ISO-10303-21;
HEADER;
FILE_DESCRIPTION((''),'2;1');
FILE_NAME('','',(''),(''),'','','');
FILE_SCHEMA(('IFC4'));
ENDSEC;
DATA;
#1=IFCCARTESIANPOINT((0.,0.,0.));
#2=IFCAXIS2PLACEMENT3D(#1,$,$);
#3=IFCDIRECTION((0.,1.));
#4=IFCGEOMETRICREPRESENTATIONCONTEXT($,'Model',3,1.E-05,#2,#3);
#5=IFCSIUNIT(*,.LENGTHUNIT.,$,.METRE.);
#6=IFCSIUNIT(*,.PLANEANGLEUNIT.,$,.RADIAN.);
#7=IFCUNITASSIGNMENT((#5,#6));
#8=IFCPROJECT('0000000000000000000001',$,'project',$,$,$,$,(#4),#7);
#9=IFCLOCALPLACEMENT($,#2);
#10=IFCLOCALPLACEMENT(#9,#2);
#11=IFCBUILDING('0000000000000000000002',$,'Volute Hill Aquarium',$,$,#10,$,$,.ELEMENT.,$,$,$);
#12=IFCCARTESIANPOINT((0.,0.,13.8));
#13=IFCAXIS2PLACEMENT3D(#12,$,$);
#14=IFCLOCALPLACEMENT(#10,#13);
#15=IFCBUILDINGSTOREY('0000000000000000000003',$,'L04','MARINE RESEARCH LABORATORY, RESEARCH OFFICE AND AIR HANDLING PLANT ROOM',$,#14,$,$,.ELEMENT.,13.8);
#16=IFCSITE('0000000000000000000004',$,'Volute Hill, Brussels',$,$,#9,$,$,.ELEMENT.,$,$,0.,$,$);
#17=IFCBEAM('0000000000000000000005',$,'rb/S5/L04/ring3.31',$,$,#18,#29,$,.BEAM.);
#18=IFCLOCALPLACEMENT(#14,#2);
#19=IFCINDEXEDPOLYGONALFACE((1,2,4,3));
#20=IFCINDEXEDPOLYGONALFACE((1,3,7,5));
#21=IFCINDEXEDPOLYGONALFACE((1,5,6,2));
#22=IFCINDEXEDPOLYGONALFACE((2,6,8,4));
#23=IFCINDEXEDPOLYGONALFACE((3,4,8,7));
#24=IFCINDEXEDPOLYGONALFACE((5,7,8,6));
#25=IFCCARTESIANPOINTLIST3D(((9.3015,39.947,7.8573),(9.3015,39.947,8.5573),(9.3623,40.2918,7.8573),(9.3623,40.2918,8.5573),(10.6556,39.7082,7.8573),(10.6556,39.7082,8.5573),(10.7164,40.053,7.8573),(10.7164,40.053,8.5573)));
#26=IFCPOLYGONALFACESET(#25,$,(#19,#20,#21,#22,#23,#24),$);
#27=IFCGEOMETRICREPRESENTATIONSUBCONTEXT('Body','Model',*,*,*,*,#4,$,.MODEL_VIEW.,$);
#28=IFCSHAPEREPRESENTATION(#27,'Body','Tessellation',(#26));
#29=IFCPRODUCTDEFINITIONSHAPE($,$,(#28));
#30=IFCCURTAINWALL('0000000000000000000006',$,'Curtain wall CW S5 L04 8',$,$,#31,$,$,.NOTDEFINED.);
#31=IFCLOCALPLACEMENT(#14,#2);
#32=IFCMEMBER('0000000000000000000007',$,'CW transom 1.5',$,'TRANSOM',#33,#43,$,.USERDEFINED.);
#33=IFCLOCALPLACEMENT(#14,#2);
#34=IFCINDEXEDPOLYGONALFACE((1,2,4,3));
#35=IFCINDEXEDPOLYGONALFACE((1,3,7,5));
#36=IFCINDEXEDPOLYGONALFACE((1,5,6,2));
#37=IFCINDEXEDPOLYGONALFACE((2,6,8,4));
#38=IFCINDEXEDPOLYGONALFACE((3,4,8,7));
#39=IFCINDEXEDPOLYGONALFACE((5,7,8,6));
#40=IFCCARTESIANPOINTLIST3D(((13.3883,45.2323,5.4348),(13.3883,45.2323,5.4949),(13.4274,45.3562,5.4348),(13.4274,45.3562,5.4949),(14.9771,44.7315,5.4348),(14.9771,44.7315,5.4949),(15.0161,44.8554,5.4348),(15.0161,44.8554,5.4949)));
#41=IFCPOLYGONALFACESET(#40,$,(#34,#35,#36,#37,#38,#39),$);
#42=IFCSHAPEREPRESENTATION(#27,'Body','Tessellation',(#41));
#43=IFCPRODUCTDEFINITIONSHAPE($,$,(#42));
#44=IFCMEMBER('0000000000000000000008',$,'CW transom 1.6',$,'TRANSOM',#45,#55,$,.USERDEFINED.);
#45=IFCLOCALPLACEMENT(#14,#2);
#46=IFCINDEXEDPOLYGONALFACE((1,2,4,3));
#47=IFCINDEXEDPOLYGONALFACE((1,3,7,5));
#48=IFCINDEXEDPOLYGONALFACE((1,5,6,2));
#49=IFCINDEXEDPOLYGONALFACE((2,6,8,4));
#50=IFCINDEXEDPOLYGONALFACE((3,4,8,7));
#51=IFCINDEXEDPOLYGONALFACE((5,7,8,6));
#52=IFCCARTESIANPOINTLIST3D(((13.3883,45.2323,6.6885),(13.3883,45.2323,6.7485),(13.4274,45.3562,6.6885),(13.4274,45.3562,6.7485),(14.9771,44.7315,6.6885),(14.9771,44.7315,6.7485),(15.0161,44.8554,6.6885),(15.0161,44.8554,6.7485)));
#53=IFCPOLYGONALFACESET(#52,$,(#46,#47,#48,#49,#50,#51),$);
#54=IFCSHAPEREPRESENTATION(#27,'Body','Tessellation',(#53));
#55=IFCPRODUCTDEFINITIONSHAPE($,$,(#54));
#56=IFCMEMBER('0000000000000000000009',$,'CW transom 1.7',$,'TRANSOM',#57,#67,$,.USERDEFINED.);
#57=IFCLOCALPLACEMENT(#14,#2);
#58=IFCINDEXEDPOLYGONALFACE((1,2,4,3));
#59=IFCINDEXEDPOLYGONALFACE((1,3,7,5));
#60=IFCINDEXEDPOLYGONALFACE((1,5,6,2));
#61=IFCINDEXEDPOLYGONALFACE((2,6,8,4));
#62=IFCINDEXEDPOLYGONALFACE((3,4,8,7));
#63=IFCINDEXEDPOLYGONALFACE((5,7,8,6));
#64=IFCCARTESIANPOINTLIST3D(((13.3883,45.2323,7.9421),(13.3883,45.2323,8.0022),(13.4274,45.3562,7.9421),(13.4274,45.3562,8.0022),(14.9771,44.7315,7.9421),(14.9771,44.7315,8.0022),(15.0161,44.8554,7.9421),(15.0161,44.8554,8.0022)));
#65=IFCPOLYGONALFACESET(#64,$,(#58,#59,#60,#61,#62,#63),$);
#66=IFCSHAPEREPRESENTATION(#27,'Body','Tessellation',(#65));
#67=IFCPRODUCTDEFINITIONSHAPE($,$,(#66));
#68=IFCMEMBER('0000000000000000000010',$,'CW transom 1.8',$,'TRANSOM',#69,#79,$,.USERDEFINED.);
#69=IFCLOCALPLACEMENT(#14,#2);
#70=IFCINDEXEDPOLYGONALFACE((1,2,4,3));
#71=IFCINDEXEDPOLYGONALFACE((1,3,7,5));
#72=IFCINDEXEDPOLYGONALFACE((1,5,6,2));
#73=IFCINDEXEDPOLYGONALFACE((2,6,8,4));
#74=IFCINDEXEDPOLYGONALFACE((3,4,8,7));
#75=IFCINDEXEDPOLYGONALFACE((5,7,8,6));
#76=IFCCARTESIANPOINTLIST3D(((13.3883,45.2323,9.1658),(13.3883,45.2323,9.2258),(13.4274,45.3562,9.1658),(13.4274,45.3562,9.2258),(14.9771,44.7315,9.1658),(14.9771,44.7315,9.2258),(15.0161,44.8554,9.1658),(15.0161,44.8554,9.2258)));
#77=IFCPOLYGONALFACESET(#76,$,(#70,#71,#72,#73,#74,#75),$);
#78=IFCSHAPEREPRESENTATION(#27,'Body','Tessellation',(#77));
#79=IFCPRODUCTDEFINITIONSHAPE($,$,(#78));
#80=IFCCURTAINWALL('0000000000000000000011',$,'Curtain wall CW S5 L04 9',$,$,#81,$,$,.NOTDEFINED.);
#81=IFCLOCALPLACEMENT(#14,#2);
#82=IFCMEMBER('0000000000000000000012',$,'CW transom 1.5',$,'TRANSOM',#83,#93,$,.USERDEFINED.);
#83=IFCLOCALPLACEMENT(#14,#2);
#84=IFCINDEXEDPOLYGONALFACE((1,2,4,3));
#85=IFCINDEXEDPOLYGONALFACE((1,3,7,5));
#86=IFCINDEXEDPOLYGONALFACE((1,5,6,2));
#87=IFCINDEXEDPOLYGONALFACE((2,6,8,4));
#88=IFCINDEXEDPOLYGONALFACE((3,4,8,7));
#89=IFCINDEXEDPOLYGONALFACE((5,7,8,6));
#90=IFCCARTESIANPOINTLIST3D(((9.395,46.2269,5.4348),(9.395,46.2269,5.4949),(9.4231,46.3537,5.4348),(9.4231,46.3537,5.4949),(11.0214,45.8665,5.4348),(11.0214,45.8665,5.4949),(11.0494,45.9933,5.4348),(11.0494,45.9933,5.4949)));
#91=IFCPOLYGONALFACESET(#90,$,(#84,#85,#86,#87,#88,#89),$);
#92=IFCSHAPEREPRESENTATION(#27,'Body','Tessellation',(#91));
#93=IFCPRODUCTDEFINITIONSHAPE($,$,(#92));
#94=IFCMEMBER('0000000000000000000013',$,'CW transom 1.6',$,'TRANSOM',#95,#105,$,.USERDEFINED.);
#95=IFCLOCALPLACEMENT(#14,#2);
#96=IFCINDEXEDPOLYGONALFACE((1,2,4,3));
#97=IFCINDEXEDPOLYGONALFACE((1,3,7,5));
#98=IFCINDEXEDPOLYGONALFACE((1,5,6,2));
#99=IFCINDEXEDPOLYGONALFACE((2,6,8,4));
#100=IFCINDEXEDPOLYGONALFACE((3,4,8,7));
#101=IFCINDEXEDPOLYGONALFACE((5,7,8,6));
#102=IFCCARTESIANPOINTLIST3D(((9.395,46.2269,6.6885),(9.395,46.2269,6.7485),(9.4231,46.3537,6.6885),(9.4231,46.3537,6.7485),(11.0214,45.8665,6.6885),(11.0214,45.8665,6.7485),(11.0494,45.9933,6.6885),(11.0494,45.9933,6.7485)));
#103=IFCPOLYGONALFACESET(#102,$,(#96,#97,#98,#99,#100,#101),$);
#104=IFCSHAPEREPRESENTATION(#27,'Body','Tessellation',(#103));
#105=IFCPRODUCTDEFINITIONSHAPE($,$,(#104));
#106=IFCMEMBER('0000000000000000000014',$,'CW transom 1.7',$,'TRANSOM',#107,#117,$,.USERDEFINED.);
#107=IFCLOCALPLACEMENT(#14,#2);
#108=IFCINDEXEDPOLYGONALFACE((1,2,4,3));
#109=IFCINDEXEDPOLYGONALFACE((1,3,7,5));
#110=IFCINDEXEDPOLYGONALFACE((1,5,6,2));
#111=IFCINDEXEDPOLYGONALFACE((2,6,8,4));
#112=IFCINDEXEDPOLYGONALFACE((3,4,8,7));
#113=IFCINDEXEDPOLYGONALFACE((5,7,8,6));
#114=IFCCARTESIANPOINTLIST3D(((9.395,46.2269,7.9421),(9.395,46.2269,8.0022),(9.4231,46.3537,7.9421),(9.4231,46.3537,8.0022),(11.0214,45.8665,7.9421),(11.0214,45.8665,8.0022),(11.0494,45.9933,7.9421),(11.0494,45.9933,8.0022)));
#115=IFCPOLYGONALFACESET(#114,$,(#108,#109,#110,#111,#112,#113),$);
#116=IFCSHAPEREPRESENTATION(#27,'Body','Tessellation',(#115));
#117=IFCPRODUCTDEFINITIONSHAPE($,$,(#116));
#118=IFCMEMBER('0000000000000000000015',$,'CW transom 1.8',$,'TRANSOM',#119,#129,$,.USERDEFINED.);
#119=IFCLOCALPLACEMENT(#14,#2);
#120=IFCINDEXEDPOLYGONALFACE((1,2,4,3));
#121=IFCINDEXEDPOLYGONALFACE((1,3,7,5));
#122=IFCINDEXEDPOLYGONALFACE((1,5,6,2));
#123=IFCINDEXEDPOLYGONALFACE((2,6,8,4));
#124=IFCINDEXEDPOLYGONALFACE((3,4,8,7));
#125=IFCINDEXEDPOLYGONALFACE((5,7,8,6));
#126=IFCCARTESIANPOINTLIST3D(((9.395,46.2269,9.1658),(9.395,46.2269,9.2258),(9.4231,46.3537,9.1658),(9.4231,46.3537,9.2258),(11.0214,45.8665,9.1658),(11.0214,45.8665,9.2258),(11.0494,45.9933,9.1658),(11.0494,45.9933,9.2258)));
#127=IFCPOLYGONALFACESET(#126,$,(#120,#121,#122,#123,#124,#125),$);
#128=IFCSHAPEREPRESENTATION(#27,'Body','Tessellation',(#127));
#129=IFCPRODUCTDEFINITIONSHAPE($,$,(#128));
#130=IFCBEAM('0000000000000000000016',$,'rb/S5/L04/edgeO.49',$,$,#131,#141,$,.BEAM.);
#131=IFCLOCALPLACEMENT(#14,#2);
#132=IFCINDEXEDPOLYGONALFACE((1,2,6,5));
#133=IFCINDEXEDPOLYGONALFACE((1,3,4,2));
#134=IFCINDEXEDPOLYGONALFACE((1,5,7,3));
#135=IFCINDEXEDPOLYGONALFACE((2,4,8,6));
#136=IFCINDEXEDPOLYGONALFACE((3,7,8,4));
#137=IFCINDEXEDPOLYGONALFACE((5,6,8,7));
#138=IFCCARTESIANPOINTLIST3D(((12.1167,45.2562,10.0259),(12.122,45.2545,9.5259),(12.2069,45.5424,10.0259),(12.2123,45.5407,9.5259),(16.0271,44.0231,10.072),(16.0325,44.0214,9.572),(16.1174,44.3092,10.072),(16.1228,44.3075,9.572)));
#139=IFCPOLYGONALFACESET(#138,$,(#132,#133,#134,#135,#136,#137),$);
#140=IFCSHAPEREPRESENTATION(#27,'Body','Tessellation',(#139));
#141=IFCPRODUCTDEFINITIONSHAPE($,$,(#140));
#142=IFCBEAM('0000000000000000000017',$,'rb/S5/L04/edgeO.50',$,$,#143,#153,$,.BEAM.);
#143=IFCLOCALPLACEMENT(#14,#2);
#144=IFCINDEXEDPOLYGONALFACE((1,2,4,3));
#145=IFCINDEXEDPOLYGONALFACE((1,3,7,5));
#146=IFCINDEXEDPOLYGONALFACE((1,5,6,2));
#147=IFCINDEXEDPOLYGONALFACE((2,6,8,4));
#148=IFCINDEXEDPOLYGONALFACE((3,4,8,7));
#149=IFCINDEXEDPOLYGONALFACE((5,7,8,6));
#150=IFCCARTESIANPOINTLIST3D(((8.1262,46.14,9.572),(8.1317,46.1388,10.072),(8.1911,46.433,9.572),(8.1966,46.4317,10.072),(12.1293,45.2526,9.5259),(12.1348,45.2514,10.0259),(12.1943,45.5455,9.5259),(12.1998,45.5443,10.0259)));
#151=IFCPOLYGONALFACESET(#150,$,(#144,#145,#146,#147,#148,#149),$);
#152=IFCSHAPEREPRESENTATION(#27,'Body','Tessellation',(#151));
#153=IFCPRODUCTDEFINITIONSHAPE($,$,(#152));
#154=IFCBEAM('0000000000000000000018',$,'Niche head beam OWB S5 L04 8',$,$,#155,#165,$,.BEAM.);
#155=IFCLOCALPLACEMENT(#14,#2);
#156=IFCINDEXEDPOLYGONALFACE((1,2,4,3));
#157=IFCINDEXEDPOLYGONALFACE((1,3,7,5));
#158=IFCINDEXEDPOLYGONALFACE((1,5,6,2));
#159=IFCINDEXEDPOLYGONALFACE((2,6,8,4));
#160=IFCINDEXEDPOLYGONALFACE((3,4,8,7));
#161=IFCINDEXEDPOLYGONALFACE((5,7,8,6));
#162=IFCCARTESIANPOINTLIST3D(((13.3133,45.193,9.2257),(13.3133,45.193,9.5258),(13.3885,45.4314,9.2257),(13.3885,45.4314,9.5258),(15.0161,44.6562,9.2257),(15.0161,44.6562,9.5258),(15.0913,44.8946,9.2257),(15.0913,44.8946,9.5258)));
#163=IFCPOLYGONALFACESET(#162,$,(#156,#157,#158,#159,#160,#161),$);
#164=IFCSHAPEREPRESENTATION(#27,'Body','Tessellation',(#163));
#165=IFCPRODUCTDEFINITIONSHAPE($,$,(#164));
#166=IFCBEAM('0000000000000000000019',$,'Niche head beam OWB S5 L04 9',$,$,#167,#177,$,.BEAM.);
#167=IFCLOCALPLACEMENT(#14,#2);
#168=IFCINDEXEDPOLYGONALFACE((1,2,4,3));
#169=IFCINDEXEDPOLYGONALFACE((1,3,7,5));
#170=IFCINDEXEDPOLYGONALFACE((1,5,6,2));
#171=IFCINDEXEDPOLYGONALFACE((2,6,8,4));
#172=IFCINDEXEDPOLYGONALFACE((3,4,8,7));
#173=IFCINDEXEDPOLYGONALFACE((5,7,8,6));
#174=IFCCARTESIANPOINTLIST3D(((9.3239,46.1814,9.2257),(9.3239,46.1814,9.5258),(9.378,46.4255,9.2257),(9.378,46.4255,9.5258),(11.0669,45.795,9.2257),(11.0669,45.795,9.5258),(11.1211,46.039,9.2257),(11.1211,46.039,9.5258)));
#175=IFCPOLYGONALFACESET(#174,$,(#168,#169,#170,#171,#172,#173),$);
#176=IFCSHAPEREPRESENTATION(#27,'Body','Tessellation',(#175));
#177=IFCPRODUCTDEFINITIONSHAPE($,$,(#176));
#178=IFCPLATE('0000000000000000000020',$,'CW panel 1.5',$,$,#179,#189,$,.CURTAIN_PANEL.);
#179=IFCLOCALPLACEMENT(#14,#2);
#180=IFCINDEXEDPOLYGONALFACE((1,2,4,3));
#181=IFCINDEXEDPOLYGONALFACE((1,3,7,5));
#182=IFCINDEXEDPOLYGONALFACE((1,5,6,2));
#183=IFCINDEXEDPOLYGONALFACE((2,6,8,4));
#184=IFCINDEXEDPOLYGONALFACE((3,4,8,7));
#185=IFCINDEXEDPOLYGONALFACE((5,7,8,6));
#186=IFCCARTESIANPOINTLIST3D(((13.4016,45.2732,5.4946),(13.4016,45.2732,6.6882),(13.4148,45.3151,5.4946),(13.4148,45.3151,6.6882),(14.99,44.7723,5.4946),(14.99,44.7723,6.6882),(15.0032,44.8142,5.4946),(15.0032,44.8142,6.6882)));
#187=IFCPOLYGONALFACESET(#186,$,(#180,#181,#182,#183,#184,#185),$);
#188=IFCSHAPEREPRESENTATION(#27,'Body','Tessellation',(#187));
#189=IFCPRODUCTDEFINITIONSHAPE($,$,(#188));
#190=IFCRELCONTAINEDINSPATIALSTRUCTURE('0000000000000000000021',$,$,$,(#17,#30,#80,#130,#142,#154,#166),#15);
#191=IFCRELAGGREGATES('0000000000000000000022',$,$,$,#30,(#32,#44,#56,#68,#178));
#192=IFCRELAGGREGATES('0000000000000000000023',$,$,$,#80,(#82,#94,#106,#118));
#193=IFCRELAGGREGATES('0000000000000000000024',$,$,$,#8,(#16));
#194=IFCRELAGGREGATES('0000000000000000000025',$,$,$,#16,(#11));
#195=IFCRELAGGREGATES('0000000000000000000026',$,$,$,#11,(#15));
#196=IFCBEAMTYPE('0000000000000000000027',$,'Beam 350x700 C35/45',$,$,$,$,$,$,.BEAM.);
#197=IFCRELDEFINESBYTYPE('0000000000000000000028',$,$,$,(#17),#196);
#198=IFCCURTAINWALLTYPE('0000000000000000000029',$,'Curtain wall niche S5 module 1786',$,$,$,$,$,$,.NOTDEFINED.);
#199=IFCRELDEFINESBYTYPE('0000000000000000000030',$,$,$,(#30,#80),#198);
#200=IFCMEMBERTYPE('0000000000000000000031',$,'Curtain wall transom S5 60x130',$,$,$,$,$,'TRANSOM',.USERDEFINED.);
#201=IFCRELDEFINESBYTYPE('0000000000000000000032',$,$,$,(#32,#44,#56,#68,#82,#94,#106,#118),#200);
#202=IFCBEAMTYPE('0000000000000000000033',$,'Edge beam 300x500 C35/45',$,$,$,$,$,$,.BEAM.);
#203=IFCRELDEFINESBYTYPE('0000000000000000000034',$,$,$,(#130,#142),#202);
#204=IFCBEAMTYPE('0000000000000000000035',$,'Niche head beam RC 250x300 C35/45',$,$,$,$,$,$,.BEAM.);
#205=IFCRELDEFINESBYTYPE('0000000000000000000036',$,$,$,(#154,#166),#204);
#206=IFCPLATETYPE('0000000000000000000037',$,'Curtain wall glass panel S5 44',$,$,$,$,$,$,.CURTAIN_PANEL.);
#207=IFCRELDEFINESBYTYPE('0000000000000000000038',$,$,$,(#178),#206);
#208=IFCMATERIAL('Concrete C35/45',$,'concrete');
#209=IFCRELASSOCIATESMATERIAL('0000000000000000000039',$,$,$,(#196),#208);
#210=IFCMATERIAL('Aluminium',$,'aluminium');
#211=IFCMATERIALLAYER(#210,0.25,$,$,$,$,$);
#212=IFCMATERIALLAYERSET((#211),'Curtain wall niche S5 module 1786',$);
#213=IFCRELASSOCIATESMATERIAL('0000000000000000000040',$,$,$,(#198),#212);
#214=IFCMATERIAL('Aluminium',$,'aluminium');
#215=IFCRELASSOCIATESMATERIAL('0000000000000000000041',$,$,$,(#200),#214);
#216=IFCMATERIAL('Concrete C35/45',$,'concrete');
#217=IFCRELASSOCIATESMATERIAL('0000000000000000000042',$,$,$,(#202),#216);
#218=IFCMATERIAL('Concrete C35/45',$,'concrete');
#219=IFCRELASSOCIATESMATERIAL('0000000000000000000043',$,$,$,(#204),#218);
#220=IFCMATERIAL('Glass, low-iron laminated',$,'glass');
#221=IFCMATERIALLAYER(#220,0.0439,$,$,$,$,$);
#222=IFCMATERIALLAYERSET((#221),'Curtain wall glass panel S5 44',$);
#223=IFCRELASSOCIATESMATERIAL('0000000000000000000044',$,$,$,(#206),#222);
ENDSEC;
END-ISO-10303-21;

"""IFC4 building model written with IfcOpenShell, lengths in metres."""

from ifc_helpers import new_model, si_unit, direction, frame, origin, origin_2d, place, context, subcontext, project, spatial, rectangle, extrude, material, layer, layer_set, material_profile, profile_set, type_object, element, aggregate, save


model = new_model("IFC4")

# Units and contexts
model_context = context("Model", 3, precision=1e-05, world=origin(), true_north=direction((0.0, 1.0)))
body_context = subcontext(model_context, "Body", "Model", "MODEL_VIEW")
ifc_project = project(units=[si_unit("LENGTHUNIT", "METRE"), si_unit("PLANEANGLEUNIT", "RADIAN")], contexts=[model_context])

# Site, building, storey
site_placement = place(None, origin())
site = spatial("IfcSite", under=ifc_project, at=site_placement, Name="Volute Hill, Brussels", CompositionType="ELEMENT", RefElevation=0.0)
building_placement = place(site_placement, origin())
building = spatial("IfcBuilding", under=site, at=building_placement, Name="Volute Hill Aquarium", CompositionType="ELEMENT")
storey_placement = place(building_placement, frame((0.0, 0.0, 13.8)))
storey = spatial("IfcBuildingStorey", under=building, at=storey_placement, Name="L04", Description="MARINE RESEARCH LABORATORY, RESEARCH OFFICE AND AIR HANDLING PLANT ROOM", CompositionType="ELEMENT", Elevation=13.8)

# Beam
ifc_material_1 = material(Name="Concrete C35/45", Category="concrete")
ifc_material_profile_1 = material_profile(ifc_material_1, rectangle(XDim=0.3501, YDim=0.7, at=origin_2d()), Name="RC beam 350x700")
ifc_profile_set_1 = profile_set([ifc_material_profile_1], Name="Concrete C35/45")
beam_type_1 = type_object("IfcBeamType", Name="Beam 350x700 C35/45", PredefinedType="BEAM", material=ifc_profile_set_1)
beam_placement = place(storey_placement, frame((10.686, 39.8806, 8.2073), z_axis=(-0.984805, 0.173664, 0.0), x_axis=(-0.173664, -0.984805, 0.0)))
element("IfcBeam", 1, at=beam_placement, inside=storey, type_object=beam_type_1, Name="rb/S5/L04/ring3.31", PredefinedType="BEAM", context=body_context, shape_type="SweptSolid", body=[
    extrude(rectangle(XDim=0.3501, YDim=0.7, at=origin_2d()), origin(), (0.0, 0.0, 1.0), 1.375),
])

# Curtain walls, members
ifc_material_2 = material(Name="Aluminium", Category="aluminium")
ifc_layer_1 = layer(ifc_material_2, 0.25)
ifc_layer_set_1 = layer_set([ifc_layer_1], Name="Curtain wall niche S5 module 1786")
curtain_wall_type = type_object("IfcCurtainWallType", Name="Curtain wall niche S5 module 1786", PredefinedType="NOTDEFINED", material=ifc_layer_set_1)
curtain_wall_1_placement = place(storey_placement, origin())
curtain_wall_1 = element("IfcCurtainWall", 2, at=curtain_wall_1_placement, inside=storey, type_object=curtain_wall_type, Name="Curtain wall CW S5 L04 8", PredefinedType="NOTDEFINED")
ifc_material_3 = material(Name="Aluminium", Category="aluminium")
ifc_material_profile_2 = material_profile(ifc_material_3, rectangle(XDim=0.1299, YDim=0.0601, at=origin_2d()), Name="Curtain wall transom S5 60x130")
ifc_profile_set_2 = profile_set([ifc_material_profile_2], Name="Aluminium")
member_type = type_object("IfcMemberType", Name="Curtain wall transom S5 60x130", ElementType="TRANSOM", PredefinedType="USERDEFINED", material=ifc_profile_set_2)
member_1_placement = place(storey_placement, frame((14.9966, 44.7935, 5.4648), z_axis=(-0.953744, 0.300619, 0.0), x_axis=(-0.300619, -0.953744, 0.0)))
member_1 = element("IfcMember", 3, at=member_1_placement, type_object=member_type, Name="CW transom 1.5", ObjectType="TRANSOM", PredefinedType="USERDEFINED", context=body_context, shape_type="SweptSolid", body=[
    extrude(rectangle(XDim=0.1299, YDim=0.0601, at=origin_2d()), origin(), (0.0, 0.0, 1.0), 1.6658),
])
member_2_placement = place(storey_placement, frame((14.9966, 44.7935, 6.7185), z_axis=(-0.953744, 0.300619, 0.0), x_axis=(-0.300619, -0.953744, 0.0)))
member_2 = element("IfcMember", 4, at=member_2_placement, type_object=member_type, Name="CW transom 1.6", ObjectType="TRANSOM", PredefinedType="USERDEFINED", context=body_context, shape_type="SweptSolid", body=[
    extrude(rectangle(XDim=0.1299, YDim=0.0601, at=origin_2d()), origin(), (0.0, 0.0, 1.0), 1.6658),
])
member_3_placement = place(storey_placement, frame((14.9966, 44.7935, 7.9722), z_axis=(-0.953744, 0.300619, 0.0), x_axis=(-0.300619, -0.953744, 0.0)))
member_3 = element("IfcMember", 5, at=member_3_placement, type_object=member_type, Name="CW transom 1.7", ObjectType="TRANSOM", PredefinedType="USERDEFINED", context=body_context, shape_type="SweptSolid", body=[
    extrude(rectangle(XDim=0.1299, YDim=0.0601, at=origin_2d()), origin(), (0.0, 0.0, 1.0), 1.6658),
])
member_4_placement = place(storey_placement, frame((14.9966, 44.7935, 9.1958), z_axis=(-0.953744, 0.300619, 0.0), x_axis=(-0.300619, -0.953744, 0.0)))
member_4 = element("IfcMember", 6, at=member_4_placement, type_object=member_type, Name="CW transom 1.8", ObjectType="TRANSOM", PredefinedType="USERDEFINED", context=body_context, shape_type="SweptSolid", body=[
    extrude(rectangle(XDim=0.1299, YDim=0.0601, at=origin_2d()), origin(), (0.0, 0.0, 1.0), 1.6658),
])
curtain_wall_2_placement = place(storey_placement, origin())
curtain_wall_2 = element("IfcCurtainWall", 7, at=curtain_wall_2_placement, inside=storey, type_object=curtain_wall_type, Name="Curtain wall CW S5 L04 9", PredefinedType="NOTDEFINED")
member_5_placement = place(storey_placement, frame((11.0354, 45.9299, 5.4648), z_axis=(-0.976318, 0.216341, 0.0), x_axis=(-0.216341, -0.976318, 0.0)))
member_5 = element("IfcMember", 8, at=member_5_placement, type_object=member_type, Name="CW transom 1.5", ObjectType="TRANSOM", PredefinedType="USERDEFINED", context=body_context, shape_type="SweptSolid", body=[
    extrude(rectangle(XDim=0.1299, YDim=0.0601, at=origin_2d()), origin(), (0.0, 0.0, 1.0), 1.6658),
])
member_6_placement = place(storey_placement, frame((11.0354, 45.9299, 6.7185), z_axis=(-0.976318, 0.216341, 0.0), x_axis=(-0.216341, -0.976318, 0.0)))
member_6 = element("IfcMember", 9, at=member_6_placement, type_object=member_type, Name="CW transom 1.6", ObjectType="TRANSOM", PredefinedType="USERDEFINED", context=body_context, shape_type="SweptSolid", body=[
    extrude(rectangle(XDim=0.1299, YDim=0.0601, at=origin_2d()), origin(), (0.0, 0.0, 1.0), 1.6658),
])
member_7_placement = place(storey_placement, frame((11.0354, 45.9299, 7.9722), z_axis=(-0.976318, 0.216341, 0.0), x_axis=(-0.216341, -0.976318, 0.0)))
member_7 = element("IfcMember", 10, at=member_7_placement, type_object=member_type, Name="CW transom 1.7", ObjectType="TRANSOM", PredefinedType="USERDEFINED", context=body_context, shape_type="SweptSolid", body=[
    extrude(rectangle(XDim=0.1299, YDim=0.0601, at=origin_2d()), origin(), (0.0, 0.0, 1.0), 1.6658),
])
member_8_placement = place(storey_placement, frame((11.0354, 45.9299, 9.1958), z_axis=(-0.976318, 0.216341, 0.0), x_axis=(-0.216341, -0.976318, 0.0)))
member_8 = element("IfcMember", 11, at=member_8_placement, type_object=member_type, Name="CW transom 1.8", ObjectType="TRANSOM", PredefinedType="USERDEFINED", context=body_context, shape_type="SweptSolid", body=[
    extrude(rectangle(XDim=0.1299, YDim=0.0601, at=origin_2d()), origin(), (0.0, 0.0, 1.0), 1.6658),
])

# Beams
ifc_material_4 = material(Name="Concrete C35/45", Category="concrete")
ifc_material_profile_3 = material_profile(ifc_material_4, rectangle(XDim=0.3, YDim=0.5, at=origin_2d()), Name="RC edge beam 300x500")
ifc_profile_set_3 = profile_set([ifc_material_profile_3], Name="Concrete C35/45")
beam_type_2 = type_object("IfcBeamType", Name="Edge beam 300x500 C35/45", PredefinedType="BEAM", material=ifc_profile_set_3)
for number, where, z_axis, x_axis, name in (
    (12, (16.075, 44.1653, 9.822), (-0.953642, 0.300733, -0.011253), (-0.300752, -0.953702, 0.0), "rb/S5/L04/edgeO.49"),
    (13, (12.1646, 45.3984, 9.7759), (-0.976236, 0.216419, 0.011253), (-0.216432, -0.976298, 0.0), "rb/S5/L04/edgeO.50"),
):
    element("IfcBeam", number, at=place(storey_placement, frame(where, z_axis=z_axis, x_axis=x_axis)), inside=storey, type_object=beam_type_2, Name=name, PredefinedType="BEAM", context=body_context, shape_type="SweptSolid", body=[
        extrude(rectangle(XDim=0.3, YDim=0.5, at=origin_2d()), origin(), (0.0, 0.0, 1.0), 4.1006),
    ])
ifc_material_5 = material(Name="Concrete C35/45", Category="concrete")
ifc_material_profile_4 = material_profile(ifc_material_5, rectangle(XDim=0.25, YDim=0.3, at=origin_2d()), Name="RC beam 250x300")
ifc_profile_set_4 = profile_set([ifc_material_profile_4], Name="Concrete C35/45")
beam_type_3 = type_object("IfcBeamType", Name="Niche head beam RC 250x300 C35/45", PredefinedType="BEAM", material=ifc_profile_set_4)
for number, where, z_axis, x_axis, name in (
    (14, (15.0537, 44.7754, 9.3757), (-0.953725, 0.30068, 0.0), (-0.30068, -0.953725, 0.0), "Niche head beam OWB S5 L04 8"),
    (15, (11.094, 45.917, 9.3757), (-0.976293, 0.216453, 0.0), (-0.216453, -0.976293, 0.0), "Niche head beam OWB S5 L04 9"),
):
    element("IfcBeam", number, at=place(storey_placement, frame(where, z_axis=z_axis, x_axis=x_axis)), inside=storey, type_object=beam_type_3, Name=name, PredefinedType="BEAM", context=body_context, shape_type="SweptSolid", body=[
        extrude(rectangle(XDim=0.25, YDim=0.3, at=origin_2d()), origin(), (0.0, 0.0, 1.0), 1.7854),
    ])

# Plate
ifc_material_6 = material(Name="Glass, low-iron laminated", Category="glass")
ifc_layer_2 = layer(ifc_material_6, 0.0439)
ifc_layer_set_2 = layer_set([ifc_layer_2], Name="Curtain wall glass panel S5 44")
plate_type = type_object("IfcPlateType", Name="Curtain wall glass panel S5 44", PredefinedType="CURTAIN_PANEL", material=ifc_layer_set_2)
plate_1_placement = place(storey_placement, frame((14.2024, 45.0437, 5.4946), z_axis=(0.0, 0.0, 1.0), x_axis=(-0.953718, 0.300704, 0.0)))
plate_1 = element("IfcPlate", 16, at=plate_1_placement, type_object=plate_type, Name="CW panel 1.5", PredefinedType="CURTAIN_PANEL", context=body_context, shape_type="SweptSolid", body=[
    extrude(rectangle(XDim=1.6655, YDim=0.0439, at=origin_2d()), origin(), (0.0, 0.0, 1.0), 1.1936),
])
aggregate(curtain_wall_1, [member_1, member_2, member_3, member_4, plate_1])
aggregate(curtain_wall_2, [member_5, member_6, member_7, member_8])

save(model, "model.ifc")
